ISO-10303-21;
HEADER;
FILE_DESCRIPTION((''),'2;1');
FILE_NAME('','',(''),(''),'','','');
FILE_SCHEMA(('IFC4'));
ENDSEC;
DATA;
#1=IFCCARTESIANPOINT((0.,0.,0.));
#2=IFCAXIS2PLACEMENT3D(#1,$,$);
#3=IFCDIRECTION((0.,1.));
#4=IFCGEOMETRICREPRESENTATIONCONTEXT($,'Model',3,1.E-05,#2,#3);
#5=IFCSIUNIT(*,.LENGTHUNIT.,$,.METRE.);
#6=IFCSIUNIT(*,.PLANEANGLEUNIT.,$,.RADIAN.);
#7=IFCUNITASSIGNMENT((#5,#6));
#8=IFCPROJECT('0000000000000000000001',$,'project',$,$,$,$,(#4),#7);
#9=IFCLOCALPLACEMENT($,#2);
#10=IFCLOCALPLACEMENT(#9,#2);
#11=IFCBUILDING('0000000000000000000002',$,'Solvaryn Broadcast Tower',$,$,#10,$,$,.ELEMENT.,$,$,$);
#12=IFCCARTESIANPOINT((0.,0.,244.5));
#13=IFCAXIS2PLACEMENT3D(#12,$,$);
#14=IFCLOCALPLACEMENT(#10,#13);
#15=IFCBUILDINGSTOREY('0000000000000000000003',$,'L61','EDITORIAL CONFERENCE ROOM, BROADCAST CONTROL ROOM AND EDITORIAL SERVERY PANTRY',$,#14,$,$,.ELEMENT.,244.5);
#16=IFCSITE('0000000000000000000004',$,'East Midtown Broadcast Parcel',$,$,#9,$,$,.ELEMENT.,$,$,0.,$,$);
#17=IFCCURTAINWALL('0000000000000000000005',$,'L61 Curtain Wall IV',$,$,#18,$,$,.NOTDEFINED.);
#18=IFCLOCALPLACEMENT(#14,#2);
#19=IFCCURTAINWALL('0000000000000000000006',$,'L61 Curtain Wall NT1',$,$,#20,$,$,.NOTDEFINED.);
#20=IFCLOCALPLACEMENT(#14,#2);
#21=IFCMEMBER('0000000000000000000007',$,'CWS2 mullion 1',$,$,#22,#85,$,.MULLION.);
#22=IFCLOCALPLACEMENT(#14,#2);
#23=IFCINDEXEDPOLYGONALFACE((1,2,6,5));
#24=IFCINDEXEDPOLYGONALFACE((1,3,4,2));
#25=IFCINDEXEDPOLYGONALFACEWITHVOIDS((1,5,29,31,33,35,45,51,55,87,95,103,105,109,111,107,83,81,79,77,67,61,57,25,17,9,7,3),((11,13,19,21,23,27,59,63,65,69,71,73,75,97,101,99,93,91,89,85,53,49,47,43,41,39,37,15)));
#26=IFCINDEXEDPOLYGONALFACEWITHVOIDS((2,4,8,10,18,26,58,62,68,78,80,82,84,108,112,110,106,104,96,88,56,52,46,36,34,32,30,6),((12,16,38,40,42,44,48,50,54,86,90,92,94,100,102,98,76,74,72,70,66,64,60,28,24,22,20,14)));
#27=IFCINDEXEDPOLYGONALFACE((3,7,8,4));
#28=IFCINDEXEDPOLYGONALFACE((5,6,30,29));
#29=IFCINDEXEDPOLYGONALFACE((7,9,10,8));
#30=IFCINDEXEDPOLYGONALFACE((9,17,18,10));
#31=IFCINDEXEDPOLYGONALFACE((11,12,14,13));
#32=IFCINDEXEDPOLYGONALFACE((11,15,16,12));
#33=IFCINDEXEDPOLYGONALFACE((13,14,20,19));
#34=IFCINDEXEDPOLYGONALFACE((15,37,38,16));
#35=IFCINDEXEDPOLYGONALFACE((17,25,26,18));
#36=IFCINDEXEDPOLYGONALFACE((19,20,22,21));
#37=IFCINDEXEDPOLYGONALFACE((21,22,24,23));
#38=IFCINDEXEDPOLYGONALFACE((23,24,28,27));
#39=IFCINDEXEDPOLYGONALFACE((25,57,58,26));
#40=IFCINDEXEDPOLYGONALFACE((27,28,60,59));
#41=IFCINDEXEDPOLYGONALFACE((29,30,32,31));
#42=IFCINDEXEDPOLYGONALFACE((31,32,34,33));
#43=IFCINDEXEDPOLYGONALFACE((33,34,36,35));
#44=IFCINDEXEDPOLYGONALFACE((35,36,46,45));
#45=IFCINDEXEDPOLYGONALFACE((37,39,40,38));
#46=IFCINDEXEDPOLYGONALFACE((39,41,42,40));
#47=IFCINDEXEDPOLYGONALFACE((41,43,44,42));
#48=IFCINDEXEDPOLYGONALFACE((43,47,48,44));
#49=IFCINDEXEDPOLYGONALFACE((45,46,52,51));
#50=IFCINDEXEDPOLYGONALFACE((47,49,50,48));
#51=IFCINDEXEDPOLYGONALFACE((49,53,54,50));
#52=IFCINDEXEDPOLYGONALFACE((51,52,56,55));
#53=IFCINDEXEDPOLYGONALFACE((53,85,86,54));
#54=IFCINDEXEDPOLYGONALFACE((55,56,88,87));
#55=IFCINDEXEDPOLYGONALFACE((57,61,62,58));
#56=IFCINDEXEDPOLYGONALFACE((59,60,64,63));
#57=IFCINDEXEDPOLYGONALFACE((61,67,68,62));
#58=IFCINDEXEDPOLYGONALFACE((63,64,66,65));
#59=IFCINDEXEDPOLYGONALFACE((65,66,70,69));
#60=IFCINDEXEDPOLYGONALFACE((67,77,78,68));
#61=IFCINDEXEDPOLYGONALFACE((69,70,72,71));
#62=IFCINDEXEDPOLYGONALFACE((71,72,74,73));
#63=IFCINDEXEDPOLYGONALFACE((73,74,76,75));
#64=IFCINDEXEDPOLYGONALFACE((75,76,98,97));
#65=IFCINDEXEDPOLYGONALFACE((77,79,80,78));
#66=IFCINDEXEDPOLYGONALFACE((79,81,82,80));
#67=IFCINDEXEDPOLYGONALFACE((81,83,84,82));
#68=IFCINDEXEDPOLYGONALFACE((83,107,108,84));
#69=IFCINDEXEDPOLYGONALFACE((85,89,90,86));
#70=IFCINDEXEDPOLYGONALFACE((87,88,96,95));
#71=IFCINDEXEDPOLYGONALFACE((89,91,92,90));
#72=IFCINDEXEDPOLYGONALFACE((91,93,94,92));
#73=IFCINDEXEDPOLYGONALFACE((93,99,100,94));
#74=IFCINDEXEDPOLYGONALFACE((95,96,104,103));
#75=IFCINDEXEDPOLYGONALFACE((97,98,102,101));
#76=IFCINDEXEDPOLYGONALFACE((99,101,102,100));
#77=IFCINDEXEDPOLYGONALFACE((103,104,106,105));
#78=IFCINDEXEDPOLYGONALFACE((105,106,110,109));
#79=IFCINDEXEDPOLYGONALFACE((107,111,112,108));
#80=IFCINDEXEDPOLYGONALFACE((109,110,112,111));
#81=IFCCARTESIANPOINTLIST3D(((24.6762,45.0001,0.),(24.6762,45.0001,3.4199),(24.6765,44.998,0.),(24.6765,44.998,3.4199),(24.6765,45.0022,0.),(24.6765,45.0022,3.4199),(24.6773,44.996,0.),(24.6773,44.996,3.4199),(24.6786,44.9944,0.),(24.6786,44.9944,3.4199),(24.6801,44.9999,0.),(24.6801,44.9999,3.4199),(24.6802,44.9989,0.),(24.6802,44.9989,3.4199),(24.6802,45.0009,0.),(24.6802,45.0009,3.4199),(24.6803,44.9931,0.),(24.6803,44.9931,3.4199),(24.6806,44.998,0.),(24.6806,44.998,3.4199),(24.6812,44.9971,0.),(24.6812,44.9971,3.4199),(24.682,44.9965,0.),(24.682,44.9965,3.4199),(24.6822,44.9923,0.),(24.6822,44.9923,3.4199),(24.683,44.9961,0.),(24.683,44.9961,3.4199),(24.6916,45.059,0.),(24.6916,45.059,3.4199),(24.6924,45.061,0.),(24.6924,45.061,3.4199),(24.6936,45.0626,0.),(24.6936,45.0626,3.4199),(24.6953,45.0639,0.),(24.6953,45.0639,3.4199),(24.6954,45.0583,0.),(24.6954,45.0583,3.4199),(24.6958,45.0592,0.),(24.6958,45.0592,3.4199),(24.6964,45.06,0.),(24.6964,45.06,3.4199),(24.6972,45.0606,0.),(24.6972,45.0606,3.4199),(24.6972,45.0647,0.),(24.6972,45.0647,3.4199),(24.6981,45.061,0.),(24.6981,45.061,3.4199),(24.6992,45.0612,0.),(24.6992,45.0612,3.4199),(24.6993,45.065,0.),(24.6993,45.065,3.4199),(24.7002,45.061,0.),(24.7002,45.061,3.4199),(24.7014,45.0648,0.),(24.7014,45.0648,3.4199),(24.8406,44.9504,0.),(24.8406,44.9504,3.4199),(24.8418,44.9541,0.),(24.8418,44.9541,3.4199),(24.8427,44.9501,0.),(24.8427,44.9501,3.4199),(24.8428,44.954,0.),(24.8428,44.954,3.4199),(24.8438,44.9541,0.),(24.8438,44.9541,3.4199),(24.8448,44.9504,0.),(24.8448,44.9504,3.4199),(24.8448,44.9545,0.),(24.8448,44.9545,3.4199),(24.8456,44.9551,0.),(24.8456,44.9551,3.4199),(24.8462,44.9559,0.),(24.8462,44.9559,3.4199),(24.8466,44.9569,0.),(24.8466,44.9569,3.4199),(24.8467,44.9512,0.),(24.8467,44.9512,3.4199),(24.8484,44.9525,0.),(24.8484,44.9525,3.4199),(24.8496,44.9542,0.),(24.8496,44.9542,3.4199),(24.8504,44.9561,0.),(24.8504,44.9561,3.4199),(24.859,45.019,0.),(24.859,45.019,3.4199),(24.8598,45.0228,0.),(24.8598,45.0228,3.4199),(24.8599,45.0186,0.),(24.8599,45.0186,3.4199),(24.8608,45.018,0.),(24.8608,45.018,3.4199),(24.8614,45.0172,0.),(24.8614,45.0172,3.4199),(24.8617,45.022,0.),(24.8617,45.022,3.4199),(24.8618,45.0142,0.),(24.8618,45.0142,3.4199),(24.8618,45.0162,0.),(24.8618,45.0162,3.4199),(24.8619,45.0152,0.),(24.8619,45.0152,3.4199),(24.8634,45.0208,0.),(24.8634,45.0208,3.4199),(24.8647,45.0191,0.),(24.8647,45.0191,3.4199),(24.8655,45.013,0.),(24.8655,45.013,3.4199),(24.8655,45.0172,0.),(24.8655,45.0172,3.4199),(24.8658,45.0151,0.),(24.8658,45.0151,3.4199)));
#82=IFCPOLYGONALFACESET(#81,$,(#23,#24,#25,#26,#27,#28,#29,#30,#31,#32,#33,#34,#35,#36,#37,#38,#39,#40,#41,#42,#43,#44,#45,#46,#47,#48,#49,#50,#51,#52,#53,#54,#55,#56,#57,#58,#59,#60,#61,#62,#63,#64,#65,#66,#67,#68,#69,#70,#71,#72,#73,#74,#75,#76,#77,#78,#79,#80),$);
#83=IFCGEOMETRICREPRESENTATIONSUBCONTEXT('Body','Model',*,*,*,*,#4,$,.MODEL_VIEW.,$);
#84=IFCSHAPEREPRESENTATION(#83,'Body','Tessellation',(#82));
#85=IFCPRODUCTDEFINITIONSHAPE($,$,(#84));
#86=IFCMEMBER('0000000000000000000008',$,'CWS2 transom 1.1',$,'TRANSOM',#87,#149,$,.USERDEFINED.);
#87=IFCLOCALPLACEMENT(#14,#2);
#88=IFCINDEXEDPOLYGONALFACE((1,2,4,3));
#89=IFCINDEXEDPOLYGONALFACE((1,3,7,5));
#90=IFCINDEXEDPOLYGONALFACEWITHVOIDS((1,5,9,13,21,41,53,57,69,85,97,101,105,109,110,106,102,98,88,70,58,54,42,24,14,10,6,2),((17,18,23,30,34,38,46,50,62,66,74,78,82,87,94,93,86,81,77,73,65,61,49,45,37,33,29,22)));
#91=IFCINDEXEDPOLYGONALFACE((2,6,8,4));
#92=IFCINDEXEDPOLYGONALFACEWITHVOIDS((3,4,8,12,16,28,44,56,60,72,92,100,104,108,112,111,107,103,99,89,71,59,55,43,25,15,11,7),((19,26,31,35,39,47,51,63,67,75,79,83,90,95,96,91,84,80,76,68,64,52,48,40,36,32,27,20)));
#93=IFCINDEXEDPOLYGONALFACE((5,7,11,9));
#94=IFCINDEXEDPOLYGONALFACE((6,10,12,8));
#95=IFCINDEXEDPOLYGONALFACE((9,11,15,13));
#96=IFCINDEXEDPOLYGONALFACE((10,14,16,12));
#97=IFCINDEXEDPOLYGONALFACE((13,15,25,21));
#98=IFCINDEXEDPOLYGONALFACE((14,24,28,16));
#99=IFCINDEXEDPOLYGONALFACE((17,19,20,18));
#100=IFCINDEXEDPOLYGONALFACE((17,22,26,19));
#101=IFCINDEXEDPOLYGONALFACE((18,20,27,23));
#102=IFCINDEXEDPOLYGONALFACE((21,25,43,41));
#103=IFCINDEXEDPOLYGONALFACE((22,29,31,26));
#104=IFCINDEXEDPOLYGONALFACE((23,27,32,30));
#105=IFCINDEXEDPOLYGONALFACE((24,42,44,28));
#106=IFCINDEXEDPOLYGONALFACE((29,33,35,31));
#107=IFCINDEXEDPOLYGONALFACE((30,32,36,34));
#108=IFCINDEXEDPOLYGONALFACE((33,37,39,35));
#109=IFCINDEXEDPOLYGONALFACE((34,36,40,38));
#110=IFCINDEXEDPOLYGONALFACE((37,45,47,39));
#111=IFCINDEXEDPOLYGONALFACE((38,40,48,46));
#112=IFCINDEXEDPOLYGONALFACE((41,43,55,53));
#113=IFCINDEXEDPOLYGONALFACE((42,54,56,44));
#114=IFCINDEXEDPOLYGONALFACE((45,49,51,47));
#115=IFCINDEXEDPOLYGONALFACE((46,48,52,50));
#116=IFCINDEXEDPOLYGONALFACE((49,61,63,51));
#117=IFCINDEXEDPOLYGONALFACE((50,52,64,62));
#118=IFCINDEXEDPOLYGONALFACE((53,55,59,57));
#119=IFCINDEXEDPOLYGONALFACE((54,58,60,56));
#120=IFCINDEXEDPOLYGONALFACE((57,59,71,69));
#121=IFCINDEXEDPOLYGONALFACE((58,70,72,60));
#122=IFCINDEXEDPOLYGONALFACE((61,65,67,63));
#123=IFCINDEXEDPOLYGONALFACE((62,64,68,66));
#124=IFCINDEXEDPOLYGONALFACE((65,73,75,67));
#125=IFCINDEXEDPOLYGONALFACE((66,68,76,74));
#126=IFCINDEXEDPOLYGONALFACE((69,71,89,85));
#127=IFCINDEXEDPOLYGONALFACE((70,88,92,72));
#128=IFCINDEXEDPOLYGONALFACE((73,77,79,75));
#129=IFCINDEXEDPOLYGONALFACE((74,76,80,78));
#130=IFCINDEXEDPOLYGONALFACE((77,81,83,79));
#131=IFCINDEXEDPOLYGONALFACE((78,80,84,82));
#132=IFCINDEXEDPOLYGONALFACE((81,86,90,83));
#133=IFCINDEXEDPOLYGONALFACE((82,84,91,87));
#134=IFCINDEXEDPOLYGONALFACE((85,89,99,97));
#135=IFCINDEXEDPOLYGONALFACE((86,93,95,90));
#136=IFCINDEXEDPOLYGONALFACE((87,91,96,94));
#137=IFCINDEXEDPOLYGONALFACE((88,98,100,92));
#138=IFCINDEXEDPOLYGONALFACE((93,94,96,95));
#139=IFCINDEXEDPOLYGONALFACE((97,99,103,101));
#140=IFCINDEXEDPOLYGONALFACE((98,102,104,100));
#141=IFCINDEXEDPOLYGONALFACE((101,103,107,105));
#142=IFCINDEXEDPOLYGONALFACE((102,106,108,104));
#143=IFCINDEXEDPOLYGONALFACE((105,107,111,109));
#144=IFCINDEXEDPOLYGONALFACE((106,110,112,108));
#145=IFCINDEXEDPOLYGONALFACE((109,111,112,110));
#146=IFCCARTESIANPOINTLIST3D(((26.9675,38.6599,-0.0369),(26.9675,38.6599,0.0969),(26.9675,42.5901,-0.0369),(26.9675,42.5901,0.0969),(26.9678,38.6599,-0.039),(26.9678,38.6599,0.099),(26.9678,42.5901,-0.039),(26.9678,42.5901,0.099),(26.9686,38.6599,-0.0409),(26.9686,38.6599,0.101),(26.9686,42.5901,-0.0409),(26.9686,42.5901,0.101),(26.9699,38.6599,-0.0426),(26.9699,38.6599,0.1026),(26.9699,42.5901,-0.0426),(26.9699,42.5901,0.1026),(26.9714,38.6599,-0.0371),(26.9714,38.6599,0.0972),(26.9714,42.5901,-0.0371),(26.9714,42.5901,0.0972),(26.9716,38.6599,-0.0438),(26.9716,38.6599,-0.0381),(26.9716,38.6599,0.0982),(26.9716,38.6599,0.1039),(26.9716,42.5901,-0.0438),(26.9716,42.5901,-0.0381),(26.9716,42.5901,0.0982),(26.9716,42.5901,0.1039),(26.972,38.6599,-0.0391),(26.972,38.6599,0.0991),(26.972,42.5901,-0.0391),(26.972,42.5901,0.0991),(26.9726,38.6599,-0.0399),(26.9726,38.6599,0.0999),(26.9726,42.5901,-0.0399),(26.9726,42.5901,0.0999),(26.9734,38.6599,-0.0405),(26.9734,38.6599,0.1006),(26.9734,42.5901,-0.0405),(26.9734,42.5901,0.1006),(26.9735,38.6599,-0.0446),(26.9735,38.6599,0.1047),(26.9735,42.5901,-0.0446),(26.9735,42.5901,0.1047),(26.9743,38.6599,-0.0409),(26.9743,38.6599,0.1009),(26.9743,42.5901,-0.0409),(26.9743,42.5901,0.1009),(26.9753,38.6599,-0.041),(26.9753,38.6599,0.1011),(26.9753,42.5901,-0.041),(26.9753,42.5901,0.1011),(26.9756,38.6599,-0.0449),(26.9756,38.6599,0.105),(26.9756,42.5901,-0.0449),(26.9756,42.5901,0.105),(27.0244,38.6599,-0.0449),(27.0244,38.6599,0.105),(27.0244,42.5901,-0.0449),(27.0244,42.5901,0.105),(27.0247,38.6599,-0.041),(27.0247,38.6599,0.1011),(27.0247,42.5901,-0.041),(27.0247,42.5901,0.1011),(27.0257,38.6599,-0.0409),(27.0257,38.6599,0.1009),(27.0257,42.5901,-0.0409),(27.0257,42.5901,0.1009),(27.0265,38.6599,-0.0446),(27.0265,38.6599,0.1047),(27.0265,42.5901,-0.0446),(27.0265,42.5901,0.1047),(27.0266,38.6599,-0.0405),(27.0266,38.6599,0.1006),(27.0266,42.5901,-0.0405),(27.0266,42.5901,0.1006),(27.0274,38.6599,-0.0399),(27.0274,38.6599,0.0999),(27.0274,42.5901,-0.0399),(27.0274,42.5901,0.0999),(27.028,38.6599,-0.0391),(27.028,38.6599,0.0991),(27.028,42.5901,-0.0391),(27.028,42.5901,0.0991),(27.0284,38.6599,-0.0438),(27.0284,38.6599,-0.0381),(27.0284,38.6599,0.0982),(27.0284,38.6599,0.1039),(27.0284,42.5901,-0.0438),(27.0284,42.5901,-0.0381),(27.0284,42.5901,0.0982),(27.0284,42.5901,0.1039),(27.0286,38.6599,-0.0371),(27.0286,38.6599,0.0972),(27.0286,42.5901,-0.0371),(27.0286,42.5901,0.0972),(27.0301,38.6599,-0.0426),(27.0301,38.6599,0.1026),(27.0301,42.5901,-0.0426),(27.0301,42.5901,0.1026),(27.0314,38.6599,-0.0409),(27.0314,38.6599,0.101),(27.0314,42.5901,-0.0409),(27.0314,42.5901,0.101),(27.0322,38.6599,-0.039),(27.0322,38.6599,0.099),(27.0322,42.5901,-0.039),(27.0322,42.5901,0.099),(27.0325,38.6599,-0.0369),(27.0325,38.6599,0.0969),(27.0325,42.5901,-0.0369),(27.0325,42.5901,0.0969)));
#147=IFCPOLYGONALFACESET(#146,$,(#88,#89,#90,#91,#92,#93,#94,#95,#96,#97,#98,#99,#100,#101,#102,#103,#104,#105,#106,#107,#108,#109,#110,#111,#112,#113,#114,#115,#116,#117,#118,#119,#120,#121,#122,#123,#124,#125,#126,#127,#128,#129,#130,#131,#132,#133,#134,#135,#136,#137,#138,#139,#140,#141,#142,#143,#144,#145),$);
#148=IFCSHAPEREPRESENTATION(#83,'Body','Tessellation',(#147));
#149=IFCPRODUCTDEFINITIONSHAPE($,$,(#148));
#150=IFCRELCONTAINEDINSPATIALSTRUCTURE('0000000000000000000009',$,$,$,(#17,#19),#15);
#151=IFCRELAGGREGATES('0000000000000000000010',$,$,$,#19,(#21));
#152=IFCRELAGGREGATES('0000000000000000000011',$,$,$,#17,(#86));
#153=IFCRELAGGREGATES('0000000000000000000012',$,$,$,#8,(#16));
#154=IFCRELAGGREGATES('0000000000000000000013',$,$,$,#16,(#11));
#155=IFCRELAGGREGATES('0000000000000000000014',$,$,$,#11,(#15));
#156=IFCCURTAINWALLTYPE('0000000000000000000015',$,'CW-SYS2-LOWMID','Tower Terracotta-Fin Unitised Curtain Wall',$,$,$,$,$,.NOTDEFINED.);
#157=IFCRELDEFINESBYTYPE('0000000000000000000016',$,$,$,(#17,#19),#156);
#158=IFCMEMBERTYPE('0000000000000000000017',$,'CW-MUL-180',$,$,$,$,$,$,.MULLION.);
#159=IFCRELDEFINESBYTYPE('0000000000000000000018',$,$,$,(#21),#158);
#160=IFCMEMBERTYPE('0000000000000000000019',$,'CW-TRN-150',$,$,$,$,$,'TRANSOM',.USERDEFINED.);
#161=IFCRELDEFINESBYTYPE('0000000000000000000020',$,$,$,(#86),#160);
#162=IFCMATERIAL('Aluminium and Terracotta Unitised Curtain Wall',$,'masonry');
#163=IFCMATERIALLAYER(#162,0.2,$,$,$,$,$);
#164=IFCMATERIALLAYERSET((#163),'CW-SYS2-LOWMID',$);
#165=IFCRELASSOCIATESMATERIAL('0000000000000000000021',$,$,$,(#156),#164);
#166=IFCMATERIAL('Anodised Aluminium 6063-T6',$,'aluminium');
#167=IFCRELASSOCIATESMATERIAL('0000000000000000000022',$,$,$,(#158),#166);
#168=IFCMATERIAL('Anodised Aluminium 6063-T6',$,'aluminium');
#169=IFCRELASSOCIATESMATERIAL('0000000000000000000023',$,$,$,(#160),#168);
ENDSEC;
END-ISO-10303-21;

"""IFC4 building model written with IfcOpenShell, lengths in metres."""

from ifc_helpers import new_model, si_unit, direction, frame, origin, origin_2d, place, context, subcontext, project, spatial, hollow_rectangle, extrude, material, layer, layer_set, material_profile, profile_set, type_object, element, aggregate, save


model = new_model("IFC4")

# Units and contexts
model_context = context("Model", 3, precision=1e-05, world=origin(), true_north=direction((0.0, 1.0)))
body_context = subcontext(model_context, "Body", "Model", "MODEL_VIEW")
ifc_project = project(units=[si_unit("LENGTHUNIT", "METRE"), si_unit("PLANEANGLEUNIT", "RADIAN")], contexts=[model_context])

# Site, building, storey
site_placement = place(None, origin())
site = spatial("IfcSite", under=ifc_project, at=site_placement, Name="East Midtown Broadcast Parcel", CompositionType="ELEMENT", RefElevation=0.0)
building_placement = place(site_placement, origin())
building = spatial("IfcBuilding", under=site, at=building_placement, Name="Solvaryn Broadcast Tower", CompositionType="ELEMENT")
storey_placement = place(building_placement, frame((0.0, 0.0, 244.5)))
storey = spatial("IfcBuildingStorey", under=building, at=storey_placement, Name="L61", Description="EDITORIAL CONFERENCE ROOM, BROADCAST CONTROL ROOM AND EDITORIAL SERVERY PANTRY", CompositionType="ELEMENT", Elevation=244.5)

# Curtain wall
ifc_material_1 = material(Name="Aluminium and Terracotta Unitised Curtain Wall", Category="masonry")
ifc_layer_1 = layer(ifc_material_1, 0.2)
ifc_layer_set_1 = layer_set([ifc_layer_1], Name="CW-SYS2-LOWMID")
curtain_wall_type = type_object("IfcCurtainWallType", Name="CW-SYS2-LOWMID", Description="Tower Terracotta-Fin Unitised Curtain Wall", PredefinedType="NOTDEFINED", material=ifc_layer_set_1)
curtain_wall_1_placement = place(storey_placement, origin())
curtain_wall_1 = element("IfcCurtainWall", 1, at=curtain_wall_1_placement, inside=storey, type_object=curtain_wall_type, Name="L61 Curtain Wall IV", PredefinedType="NOTDEFINED")
ifc_material_2 = material(Name="Anodised Aluminium 6063-T6", Category="aluminium")
ifc_material_profile_1 = material_profile(ifc_material_2, hollow_rectangle(XDim=0.075, YDim=0.1799, WallThickness=0.0039, InnerFilletRadius=0.0039, OuterFilletRadius=0.0081, at=origin_2d()))
ifc_profile_set_1 = profile_set([ifc_material_profile_1], Name="Anodised Aluminium 6063-T6")
member_type_1 = type_object("IfcMemberType", Name="CW-MUL-180", PredefinedType="MULLION", material=ifc_profile_set_1)

# Curtain wall, member
curtain_wall_2_placement = place(storey_placement, origin())
curtain_wall_2 = element("IfcCurtainWall", 2, at=curtain_wall_2_placement, inside=storey, type_object=curtain_wall_type, Name="L61 Curtain Wall NT1", PredefinedType="NOTDEFINED")
member_1_placement = place(storey_placement, frame((24.771, 45.0076, 0.0), z_axis=(0.0, 0.0, 1.0), x_axis=(-0.255893, -0.966705, 0.0)))
member_1 = element("IfcMember", 3, at=member_1_placement, type_object=member_type_1, Name="CWS2 mullion 1", PredefinedType="MULLION", context=body_context, shape_type="SweptSolid", body=[
    extrude(hollow_rectangle(XDim=0.075, YDim=0.1799, WallThickness=0.0039, InnerFilletRadius=0.0039, OuterFilletRadius=0.0081, at=origin_2d()), origin(), (0.0, 0.0, 1.0), 3.4199),
])

# Member
ifc_material_3 = material(Name="Anodised Aluminium 6063-T6", Category="aluminium")
ifc_material_profile_2 = material_profile(ifc_material_3, hollow_rectangle(XDim=0.0649, YDim=0.1499, WallThickness=0.0039, InnerFilletRadius=0.0039, OuterFilletRadius=0.0081, at=origin_2d()))
ifc_profile_set_2 = profile_set([ifc_material_profile_2], Name="Anodised Aluminium 6063-T6")
member_type_2 = type_object("IfcMemberType", Name="CW-TRN-150", ElementType="TRANSOM", PredefinedType="USERDEFINED", material=ifc_profile_set_2)
member_2_placement = place(storey_placement, frame((27.0, 42.5901, 0.03), z_axis=(0.0, -1.0, 0.0), x_axis=(1.0, 0.0, 0.0)))
member_2 = element("IfcMember", 4, at=member_2_placement, type_object=member_type_2, Name="CWS2 transom 1.1", ObjectType="TRANSOM", PredefinedType="USERDEFINED", context=body_context, shape_type="SweptSolid", body=[
    extrude(hollow_rectangle(XDim=0.0649, YDim=0.1499, WallThickness=0.0039, InnerFilletRadius=0.0039, OuterFilletRadius=0.0081, at=origin_2d()), origin(), (0.0, 0.0, 1.0), 3.9302),
])
aggregate(curtain_wall_2, [member_1])

aggregate(curtain_wall_1, [member_2])

save(model, "model.ifc")
